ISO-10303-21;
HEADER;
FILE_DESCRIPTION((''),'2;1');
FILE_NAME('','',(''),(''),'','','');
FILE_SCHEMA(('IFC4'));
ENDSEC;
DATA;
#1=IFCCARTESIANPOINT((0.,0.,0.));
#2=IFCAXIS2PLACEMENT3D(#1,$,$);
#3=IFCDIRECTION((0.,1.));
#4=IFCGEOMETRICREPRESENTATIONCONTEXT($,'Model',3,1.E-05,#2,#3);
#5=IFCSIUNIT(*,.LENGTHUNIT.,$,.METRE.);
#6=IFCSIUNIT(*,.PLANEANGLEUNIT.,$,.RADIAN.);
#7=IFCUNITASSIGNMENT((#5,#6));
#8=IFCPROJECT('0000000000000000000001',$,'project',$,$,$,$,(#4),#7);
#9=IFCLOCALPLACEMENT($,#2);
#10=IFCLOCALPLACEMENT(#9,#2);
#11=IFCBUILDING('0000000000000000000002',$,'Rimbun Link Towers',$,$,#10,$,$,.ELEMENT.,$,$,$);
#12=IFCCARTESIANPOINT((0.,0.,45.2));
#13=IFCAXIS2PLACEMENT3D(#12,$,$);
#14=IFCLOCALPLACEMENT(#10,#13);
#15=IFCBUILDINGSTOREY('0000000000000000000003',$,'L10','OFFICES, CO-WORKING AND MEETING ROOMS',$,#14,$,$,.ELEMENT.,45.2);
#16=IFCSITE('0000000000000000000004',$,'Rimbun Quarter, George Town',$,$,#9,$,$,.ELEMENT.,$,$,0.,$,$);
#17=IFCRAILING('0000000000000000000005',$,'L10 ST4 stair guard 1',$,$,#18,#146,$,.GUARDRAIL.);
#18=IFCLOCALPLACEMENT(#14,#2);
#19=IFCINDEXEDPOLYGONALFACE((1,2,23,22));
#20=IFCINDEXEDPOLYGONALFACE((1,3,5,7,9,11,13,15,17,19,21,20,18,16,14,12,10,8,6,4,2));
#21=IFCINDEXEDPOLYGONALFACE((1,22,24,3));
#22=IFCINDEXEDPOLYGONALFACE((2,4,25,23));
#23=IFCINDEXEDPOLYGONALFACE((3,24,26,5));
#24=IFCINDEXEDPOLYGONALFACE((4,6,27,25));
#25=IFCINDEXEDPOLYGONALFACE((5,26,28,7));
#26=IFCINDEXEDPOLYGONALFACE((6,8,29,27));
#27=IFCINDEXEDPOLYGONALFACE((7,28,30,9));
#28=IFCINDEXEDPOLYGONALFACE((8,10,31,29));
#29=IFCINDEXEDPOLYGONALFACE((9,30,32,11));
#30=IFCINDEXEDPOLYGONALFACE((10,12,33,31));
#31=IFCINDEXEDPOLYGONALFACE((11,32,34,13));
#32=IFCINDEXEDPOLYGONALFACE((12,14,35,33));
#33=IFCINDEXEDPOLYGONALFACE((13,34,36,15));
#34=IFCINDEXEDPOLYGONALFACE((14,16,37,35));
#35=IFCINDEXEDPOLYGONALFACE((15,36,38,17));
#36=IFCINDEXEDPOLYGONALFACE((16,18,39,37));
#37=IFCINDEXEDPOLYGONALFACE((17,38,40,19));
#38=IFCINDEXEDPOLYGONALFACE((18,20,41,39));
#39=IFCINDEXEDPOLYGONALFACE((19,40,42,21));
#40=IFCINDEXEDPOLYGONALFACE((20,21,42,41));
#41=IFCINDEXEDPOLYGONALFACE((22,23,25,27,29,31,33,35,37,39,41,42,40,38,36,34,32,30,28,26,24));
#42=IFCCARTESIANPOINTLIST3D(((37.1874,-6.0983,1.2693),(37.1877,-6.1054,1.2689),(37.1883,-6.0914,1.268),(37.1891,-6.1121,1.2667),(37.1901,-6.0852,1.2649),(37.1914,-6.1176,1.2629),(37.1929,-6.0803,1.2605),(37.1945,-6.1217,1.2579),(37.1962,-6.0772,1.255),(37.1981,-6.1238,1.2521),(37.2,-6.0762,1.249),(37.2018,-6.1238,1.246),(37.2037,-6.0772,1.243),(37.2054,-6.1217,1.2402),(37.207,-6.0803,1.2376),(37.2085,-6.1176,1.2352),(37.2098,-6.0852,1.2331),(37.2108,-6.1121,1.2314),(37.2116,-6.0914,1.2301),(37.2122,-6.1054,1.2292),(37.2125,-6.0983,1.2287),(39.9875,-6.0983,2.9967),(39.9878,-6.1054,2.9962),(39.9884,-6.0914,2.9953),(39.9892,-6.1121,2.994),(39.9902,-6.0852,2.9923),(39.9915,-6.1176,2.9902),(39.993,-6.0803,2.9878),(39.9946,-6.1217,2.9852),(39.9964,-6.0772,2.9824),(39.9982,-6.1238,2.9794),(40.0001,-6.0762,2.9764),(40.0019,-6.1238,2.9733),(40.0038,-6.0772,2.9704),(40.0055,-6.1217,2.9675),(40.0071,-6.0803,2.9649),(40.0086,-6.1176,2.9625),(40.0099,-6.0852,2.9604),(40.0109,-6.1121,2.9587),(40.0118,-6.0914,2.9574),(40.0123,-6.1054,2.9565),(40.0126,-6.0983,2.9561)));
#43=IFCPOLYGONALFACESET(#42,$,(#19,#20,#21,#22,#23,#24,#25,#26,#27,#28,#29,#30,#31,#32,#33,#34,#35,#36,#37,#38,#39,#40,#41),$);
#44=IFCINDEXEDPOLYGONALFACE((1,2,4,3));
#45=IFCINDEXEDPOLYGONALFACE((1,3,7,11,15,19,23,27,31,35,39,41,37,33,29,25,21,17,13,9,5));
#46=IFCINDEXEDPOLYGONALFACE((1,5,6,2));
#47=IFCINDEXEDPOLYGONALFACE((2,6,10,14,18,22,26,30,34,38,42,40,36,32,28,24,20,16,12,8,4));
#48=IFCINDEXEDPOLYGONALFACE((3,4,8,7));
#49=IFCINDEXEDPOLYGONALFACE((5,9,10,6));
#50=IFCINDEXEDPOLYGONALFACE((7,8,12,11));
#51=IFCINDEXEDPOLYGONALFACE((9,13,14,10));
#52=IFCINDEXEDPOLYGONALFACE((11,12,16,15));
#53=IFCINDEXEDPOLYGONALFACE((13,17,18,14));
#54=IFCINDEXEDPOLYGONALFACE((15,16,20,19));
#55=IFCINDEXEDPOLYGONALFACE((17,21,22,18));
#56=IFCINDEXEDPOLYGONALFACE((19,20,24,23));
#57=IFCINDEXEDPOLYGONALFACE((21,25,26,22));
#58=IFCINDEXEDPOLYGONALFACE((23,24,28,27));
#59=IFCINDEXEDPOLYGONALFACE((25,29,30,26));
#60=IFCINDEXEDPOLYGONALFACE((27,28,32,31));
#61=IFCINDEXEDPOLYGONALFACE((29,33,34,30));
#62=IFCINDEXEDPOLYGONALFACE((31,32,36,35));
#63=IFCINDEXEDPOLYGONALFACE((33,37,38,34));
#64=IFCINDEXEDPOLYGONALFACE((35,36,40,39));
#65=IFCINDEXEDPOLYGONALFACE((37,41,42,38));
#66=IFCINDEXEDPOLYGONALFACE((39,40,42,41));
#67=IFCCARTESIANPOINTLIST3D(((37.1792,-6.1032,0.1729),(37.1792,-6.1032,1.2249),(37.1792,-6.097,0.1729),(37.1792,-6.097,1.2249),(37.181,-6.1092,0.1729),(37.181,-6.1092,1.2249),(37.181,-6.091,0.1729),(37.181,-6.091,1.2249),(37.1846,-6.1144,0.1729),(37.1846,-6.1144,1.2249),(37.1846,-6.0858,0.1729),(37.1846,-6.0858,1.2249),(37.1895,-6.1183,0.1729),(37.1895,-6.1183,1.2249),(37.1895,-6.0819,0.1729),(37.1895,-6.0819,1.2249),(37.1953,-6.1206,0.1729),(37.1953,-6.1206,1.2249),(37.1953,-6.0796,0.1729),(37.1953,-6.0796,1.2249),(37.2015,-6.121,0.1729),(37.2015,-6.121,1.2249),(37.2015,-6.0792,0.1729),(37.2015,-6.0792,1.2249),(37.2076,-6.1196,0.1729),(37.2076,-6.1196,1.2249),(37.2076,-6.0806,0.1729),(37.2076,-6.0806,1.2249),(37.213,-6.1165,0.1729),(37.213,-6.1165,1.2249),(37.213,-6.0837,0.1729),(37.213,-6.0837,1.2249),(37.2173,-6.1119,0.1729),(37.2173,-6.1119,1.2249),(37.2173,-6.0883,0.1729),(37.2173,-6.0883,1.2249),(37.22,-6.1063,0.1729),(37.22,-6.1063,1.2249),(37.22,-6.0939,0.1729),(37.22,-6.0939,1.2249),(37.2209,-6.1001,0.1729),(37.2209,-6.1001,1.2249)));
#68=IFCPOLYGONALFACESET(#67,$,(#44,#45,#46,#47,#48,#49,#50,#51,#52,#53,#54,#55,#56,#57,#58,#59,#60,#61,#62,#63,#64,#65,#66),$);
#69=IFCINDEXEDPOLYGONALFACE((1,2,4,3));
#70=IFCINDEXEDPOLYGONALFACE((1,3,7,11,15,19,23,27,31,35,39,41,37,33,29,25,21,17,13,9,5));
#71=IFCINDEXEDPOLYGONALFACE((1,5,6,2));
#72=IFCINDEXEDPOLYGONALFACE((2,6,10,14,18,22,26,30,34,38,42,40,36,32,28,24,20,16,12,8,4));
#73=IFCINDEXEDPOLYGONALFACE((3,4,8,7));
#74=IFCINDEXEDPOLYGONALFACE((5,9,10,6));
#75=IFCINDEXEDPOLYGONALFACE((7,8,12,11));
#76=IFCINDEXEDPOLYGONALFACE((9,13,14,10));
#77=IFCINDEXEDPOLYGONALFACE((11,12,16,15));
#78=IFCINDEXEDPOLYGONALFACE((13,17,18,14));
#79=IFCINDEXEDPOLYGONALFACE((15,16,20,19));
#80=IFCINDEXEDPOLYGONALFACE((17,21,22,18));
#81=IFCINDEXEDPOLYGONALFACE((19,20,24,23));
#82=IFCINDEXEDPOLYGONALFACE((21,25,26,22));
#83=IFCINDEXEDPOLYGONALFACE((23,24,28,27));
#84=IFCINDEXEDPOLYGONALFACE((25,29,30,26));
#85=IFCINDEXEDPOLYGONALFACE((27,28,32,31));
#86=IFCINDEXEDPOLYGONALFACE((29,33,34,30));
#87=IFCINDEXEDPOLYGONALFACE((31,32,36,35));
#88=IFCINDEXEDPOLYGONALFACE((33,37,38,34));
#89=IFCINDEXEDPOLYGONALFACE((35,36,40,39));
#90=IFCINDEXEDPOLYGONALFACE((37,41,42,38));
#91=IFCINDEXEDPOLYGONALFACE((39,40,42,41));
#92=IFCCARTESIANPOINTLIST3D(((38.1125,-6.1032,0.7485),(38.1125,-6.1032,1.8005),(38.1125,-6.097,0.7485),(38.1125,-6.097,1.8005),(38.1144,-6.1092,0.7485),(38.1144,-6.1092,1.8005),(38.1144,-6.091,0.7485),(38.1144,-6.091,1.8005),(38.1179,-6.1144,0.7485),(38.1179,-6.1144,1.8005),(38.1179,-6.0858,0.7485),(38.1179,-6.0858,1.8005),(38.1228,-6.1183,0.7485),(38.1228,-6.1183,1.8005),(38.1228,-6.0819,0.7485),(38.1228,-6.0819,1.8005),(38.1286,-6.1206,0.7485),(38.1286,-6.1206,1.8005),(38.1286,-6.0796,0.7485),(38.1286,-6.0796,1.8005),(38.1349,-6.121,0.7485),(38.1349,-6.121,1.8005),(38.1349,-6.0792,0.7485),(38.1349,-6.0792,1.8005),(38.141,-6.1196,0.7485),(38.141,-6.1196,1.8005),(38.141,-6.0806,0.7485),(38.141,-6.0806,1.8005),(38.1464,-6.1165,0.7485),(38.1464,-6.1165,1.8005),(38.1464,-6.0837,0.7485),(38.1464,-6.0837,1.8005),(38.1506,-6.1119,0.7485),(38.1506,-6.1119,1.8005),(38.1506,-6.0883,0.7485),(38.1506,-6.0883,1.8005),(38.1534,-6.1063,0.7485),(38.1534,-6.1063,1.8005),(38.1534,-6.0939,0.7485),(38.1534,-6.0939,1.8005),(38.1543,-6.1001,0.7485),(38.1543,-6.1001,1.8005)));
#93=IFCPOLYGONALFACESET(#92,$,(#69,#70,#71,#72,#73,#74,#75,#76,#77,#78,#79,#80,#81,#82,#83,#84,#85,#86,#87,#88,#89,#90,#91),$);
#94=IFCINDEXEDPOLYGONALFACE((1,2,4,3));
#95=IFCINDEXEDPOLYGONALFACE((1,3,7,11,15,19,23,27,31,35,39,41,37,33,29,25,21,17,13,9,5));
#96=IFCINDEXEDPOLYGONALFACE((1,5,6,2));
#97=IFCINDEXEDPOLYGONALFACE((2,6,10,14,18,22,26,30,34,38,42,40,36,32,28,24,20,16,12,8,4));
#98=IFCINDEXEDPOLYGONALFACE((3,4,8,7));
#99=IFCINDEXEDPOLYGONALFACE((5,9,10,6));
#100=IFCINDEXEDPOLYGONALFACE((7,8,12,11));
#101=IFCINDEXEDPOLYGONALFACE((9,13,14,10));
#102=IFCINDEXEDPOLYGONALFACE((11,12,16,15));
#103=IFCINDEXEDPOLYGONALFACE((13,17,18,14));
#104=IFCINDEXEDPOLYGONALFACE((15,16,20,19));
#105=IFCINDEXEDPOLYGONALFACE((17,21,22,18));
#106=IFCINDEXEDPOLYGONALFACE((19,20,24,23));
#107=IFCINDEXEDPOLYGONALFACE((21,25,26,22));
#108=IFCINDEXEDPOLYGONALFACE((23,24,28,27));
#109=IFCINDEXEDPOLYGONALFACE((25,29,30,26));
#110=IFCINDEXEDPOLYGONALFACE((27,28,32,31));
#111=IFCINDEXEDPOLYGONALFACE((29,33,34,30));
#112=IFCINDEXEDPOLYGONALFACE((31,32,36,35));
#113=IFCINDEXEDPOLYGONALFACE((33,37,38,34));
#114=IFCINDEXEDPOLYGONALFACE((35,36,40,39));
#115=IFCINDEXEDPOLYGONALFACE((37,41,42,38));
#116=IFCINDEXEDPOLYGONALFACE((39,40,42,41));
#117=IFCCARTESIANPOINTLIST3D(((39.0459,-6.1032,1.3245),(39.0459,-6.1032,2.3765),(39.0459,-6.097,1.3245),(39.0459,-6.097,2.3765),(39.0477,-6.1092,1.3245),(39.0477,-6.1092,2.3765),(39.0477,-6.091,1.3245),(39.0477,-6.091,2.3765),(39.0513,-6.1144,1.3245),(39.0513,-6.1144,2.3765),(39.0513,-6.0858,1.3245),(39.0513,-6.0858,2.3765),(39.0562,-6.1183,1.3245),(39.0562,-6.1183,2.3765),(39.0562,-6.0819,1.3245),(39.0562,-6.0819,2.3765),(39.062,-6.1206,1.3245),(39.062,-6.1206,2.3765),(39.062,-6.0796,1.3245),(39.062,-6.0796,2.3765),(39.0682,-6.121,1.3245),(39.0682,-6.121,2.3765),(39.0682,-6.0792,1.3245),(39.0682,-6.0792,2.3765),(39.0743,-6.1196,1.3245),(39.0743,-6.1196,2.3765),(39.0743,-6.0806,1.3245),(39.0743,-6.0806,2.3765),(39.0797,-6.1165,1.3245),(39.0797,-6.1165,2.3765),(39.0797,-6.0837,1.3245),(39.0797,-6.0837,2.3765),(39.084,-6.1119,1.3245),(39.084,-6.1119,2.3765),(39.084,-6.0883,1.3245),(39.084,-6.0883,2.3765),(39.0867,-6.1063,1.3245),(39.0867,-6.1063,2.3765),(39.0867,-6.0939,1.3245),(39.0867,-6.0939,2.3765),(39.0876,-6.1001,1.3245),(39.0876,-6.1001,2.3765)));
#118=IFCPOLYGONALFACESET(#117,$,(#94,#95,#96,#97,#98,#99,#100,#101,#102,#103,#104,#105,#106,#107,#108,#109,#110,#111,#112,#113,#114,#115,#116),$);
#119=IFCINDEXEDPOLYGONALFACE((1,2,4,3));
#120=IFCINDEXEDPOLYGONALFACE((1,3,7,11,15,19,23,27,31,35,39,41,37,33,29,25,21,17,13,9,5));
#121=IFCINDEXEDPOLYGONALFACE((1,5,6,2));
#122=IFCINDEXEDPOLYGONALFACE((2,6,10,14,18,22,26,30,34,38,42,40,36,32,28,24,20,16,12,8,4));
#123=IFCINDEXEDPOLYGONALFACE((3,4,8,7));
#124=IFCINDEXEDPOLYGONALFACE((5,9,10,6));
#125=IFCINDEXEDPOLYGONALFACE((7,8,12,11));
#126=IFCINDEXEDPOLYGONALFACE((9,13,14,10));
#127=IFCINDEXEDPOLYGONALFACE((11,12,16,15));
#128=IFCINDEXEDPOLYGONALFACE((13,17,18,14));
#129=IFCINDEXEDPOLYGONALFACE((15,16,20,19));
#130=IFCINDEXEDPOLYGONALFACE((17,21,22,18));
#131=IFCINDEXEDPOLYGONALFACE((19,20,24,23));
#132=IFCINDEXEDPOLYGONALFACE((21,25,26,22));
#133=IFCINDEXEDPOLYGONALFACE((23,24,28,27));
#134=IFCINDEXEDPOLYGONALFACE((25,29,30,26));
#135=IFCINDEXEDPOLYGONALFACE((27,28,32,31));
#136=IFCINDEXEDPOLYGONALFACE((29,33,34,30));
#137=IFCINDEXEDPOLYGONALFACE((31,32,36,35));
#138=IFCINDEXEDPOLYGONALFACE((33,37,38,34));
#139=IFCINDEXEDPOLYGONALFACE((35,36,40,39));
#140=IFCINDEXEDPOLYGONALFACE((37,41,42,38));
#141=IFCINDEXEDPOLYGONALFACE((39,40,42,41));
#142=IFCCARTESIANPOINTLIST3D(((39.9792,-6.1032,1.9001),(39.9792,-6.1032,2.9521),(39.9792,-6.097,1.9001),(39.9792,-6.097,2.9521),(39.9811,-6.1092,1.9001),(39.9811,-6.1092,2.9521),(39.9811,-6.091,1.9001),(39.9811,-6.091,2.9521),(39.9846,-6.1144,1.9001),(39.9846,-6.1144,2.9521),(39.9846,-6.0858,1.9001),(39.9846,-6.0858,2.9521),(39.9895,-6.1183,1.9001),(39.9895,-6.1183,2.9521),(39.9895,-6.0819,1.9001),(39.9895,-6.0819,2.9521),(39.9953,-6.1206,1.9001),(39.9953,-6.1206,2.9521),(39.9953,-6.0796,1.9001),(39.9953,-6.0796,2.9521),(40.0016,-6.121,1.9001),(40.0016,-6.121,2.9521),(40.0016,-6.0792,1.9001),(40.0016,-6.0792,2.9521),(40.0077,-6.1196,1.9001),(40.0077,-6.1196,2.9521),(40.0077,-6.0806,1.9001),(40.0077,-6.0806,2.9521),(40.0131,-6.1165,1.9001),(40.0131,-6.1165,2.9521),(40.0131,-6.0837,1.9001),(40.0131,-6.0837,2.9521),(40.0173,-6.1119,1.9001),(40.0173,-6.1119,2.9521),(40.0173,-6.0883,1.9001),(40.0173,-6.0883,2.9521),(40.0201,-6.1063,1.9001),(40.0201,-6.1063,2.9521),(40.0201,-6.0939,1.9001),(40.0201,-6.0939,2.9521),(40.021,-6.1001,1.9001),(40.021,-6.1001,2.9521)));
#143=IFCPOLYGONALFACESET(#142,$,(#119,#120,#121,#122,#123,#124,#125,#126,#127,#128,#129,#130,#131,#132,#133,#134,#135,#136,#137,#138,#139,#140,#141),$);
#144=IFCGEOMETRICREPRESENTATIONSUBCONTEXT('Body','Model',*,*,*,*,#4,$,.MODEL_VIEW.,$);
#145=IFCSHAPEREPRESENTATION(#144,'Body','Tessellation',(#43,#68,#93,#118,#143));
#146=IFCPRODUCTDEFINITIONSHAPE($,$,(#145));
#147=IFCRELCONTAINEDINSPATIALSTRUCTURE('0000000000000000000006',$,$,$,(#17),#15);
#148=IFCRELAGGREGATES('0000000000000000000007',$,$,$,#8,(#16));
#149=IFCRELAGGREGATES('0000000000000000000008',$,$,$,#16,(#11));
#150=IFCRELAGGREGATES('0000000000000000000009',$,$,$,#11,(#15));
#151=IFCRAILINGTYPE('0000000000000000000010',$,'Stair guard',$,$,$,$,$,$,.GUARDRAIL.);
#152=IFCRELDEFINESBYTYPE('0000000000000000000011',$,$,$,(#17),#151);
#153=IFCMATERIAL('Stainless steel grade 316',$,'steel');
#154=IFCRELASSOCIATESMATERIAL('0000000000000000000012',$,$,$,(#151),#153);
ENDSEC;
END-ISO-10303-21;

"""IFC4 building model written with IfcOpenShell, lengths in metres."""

from ifc_helpers import new_model, si_unit, direction, frame, origin, origin_2d, place, context, subcontext, project, spatial, circle, extrude, material, type_object, element, save


model = new_model("IFC4")

# Units and contexts
model_context = context("Model", 3, precision=1e-05, world=origin(), true_north=direction((0.0, 1.0)))
body_context = subcontext(model_context, "Body", "Model", "MODEL_VIEW")
ifc_project = project(units=[si_unit("LENGTHUNIT", "METRE"), si_unit("PLANEANGLEUNIT", "RADIAN")], contexts=[model_context])

# Site, building, storey
site_placement = place(None, origin())
site = spatial("IfcSite", under=ifc_project, at=site_placement, Name="Rimbun Quarter, George Town", CompositionType="ELEMENT", RefElevation=0.0)
building_placement = place(site_placement, origin())
building = spatial("IfcBuilding", under=site, at=building_placement, Name="Rimbun Link Towers", CompositionType="ELEMENT")
storey_placement = place(building_placement, frame((0.0, 0.0, 45.2)))
storey = spatial("IfcBuildingStorey", under=building, at=storey_placement, Name="L10", Description="OFFICES, CO-WORKING AND MEETING ROOMS", CompositionType="ELEMENT", Elevation=45.2)

# Railing
ifc_material_1 = material(Name="Stainless steel grade 316", Category="steel")
railing_type_1 = type_object("IfcRailingType", Name="Stair guard", PredefinedType="GUARDRAIL", material=ifc_material_1)
railing_1_placement = place(storey_placement, frame((37.2, -6.1001, 0.1729)))
element("IfcRailing", 1, at=railing_1_placement, inside=storey, type_object=railing_type_1, Name="L10 ST4 stair guard 1", PredefinedType="GUARDRAIL", context=body_context, shape_type="SweptSolid", body=[
    extrude(circle(Radius=0.0239, at=origin_2d()), frame((0.0, 0.0, 1.0762), z_axis=(0.85109, 0.0, 0.52502), x_axis=(0.0, 1.0, 0.0)), (0.0, 0.0, 1.0), 3.29),
    extrude(circle(Radius=0.021, at=origin_2d()), origin(), (0.0, 0.0, 1.0), 1.052),
    extrude(circle(Radius=0.021, at=origin_2d()), frame((0.9333, 0.0, 0.5757)), (0.0, 0.0, 1.0), 1.052),
    extrude(circle(Radius=0.021, at=origin_2d()), frame((1.8667, 0.0, 1.1516)), (0.0, 0.0, 1.0), 1.052),
    extrude(circle(Radius=0.021, at=origin_2d()), frame((2.8, 0.0, 1.7273)), (0.0, 0.0, 1.0), 1.052),
])

save(model, "model.ifc")
